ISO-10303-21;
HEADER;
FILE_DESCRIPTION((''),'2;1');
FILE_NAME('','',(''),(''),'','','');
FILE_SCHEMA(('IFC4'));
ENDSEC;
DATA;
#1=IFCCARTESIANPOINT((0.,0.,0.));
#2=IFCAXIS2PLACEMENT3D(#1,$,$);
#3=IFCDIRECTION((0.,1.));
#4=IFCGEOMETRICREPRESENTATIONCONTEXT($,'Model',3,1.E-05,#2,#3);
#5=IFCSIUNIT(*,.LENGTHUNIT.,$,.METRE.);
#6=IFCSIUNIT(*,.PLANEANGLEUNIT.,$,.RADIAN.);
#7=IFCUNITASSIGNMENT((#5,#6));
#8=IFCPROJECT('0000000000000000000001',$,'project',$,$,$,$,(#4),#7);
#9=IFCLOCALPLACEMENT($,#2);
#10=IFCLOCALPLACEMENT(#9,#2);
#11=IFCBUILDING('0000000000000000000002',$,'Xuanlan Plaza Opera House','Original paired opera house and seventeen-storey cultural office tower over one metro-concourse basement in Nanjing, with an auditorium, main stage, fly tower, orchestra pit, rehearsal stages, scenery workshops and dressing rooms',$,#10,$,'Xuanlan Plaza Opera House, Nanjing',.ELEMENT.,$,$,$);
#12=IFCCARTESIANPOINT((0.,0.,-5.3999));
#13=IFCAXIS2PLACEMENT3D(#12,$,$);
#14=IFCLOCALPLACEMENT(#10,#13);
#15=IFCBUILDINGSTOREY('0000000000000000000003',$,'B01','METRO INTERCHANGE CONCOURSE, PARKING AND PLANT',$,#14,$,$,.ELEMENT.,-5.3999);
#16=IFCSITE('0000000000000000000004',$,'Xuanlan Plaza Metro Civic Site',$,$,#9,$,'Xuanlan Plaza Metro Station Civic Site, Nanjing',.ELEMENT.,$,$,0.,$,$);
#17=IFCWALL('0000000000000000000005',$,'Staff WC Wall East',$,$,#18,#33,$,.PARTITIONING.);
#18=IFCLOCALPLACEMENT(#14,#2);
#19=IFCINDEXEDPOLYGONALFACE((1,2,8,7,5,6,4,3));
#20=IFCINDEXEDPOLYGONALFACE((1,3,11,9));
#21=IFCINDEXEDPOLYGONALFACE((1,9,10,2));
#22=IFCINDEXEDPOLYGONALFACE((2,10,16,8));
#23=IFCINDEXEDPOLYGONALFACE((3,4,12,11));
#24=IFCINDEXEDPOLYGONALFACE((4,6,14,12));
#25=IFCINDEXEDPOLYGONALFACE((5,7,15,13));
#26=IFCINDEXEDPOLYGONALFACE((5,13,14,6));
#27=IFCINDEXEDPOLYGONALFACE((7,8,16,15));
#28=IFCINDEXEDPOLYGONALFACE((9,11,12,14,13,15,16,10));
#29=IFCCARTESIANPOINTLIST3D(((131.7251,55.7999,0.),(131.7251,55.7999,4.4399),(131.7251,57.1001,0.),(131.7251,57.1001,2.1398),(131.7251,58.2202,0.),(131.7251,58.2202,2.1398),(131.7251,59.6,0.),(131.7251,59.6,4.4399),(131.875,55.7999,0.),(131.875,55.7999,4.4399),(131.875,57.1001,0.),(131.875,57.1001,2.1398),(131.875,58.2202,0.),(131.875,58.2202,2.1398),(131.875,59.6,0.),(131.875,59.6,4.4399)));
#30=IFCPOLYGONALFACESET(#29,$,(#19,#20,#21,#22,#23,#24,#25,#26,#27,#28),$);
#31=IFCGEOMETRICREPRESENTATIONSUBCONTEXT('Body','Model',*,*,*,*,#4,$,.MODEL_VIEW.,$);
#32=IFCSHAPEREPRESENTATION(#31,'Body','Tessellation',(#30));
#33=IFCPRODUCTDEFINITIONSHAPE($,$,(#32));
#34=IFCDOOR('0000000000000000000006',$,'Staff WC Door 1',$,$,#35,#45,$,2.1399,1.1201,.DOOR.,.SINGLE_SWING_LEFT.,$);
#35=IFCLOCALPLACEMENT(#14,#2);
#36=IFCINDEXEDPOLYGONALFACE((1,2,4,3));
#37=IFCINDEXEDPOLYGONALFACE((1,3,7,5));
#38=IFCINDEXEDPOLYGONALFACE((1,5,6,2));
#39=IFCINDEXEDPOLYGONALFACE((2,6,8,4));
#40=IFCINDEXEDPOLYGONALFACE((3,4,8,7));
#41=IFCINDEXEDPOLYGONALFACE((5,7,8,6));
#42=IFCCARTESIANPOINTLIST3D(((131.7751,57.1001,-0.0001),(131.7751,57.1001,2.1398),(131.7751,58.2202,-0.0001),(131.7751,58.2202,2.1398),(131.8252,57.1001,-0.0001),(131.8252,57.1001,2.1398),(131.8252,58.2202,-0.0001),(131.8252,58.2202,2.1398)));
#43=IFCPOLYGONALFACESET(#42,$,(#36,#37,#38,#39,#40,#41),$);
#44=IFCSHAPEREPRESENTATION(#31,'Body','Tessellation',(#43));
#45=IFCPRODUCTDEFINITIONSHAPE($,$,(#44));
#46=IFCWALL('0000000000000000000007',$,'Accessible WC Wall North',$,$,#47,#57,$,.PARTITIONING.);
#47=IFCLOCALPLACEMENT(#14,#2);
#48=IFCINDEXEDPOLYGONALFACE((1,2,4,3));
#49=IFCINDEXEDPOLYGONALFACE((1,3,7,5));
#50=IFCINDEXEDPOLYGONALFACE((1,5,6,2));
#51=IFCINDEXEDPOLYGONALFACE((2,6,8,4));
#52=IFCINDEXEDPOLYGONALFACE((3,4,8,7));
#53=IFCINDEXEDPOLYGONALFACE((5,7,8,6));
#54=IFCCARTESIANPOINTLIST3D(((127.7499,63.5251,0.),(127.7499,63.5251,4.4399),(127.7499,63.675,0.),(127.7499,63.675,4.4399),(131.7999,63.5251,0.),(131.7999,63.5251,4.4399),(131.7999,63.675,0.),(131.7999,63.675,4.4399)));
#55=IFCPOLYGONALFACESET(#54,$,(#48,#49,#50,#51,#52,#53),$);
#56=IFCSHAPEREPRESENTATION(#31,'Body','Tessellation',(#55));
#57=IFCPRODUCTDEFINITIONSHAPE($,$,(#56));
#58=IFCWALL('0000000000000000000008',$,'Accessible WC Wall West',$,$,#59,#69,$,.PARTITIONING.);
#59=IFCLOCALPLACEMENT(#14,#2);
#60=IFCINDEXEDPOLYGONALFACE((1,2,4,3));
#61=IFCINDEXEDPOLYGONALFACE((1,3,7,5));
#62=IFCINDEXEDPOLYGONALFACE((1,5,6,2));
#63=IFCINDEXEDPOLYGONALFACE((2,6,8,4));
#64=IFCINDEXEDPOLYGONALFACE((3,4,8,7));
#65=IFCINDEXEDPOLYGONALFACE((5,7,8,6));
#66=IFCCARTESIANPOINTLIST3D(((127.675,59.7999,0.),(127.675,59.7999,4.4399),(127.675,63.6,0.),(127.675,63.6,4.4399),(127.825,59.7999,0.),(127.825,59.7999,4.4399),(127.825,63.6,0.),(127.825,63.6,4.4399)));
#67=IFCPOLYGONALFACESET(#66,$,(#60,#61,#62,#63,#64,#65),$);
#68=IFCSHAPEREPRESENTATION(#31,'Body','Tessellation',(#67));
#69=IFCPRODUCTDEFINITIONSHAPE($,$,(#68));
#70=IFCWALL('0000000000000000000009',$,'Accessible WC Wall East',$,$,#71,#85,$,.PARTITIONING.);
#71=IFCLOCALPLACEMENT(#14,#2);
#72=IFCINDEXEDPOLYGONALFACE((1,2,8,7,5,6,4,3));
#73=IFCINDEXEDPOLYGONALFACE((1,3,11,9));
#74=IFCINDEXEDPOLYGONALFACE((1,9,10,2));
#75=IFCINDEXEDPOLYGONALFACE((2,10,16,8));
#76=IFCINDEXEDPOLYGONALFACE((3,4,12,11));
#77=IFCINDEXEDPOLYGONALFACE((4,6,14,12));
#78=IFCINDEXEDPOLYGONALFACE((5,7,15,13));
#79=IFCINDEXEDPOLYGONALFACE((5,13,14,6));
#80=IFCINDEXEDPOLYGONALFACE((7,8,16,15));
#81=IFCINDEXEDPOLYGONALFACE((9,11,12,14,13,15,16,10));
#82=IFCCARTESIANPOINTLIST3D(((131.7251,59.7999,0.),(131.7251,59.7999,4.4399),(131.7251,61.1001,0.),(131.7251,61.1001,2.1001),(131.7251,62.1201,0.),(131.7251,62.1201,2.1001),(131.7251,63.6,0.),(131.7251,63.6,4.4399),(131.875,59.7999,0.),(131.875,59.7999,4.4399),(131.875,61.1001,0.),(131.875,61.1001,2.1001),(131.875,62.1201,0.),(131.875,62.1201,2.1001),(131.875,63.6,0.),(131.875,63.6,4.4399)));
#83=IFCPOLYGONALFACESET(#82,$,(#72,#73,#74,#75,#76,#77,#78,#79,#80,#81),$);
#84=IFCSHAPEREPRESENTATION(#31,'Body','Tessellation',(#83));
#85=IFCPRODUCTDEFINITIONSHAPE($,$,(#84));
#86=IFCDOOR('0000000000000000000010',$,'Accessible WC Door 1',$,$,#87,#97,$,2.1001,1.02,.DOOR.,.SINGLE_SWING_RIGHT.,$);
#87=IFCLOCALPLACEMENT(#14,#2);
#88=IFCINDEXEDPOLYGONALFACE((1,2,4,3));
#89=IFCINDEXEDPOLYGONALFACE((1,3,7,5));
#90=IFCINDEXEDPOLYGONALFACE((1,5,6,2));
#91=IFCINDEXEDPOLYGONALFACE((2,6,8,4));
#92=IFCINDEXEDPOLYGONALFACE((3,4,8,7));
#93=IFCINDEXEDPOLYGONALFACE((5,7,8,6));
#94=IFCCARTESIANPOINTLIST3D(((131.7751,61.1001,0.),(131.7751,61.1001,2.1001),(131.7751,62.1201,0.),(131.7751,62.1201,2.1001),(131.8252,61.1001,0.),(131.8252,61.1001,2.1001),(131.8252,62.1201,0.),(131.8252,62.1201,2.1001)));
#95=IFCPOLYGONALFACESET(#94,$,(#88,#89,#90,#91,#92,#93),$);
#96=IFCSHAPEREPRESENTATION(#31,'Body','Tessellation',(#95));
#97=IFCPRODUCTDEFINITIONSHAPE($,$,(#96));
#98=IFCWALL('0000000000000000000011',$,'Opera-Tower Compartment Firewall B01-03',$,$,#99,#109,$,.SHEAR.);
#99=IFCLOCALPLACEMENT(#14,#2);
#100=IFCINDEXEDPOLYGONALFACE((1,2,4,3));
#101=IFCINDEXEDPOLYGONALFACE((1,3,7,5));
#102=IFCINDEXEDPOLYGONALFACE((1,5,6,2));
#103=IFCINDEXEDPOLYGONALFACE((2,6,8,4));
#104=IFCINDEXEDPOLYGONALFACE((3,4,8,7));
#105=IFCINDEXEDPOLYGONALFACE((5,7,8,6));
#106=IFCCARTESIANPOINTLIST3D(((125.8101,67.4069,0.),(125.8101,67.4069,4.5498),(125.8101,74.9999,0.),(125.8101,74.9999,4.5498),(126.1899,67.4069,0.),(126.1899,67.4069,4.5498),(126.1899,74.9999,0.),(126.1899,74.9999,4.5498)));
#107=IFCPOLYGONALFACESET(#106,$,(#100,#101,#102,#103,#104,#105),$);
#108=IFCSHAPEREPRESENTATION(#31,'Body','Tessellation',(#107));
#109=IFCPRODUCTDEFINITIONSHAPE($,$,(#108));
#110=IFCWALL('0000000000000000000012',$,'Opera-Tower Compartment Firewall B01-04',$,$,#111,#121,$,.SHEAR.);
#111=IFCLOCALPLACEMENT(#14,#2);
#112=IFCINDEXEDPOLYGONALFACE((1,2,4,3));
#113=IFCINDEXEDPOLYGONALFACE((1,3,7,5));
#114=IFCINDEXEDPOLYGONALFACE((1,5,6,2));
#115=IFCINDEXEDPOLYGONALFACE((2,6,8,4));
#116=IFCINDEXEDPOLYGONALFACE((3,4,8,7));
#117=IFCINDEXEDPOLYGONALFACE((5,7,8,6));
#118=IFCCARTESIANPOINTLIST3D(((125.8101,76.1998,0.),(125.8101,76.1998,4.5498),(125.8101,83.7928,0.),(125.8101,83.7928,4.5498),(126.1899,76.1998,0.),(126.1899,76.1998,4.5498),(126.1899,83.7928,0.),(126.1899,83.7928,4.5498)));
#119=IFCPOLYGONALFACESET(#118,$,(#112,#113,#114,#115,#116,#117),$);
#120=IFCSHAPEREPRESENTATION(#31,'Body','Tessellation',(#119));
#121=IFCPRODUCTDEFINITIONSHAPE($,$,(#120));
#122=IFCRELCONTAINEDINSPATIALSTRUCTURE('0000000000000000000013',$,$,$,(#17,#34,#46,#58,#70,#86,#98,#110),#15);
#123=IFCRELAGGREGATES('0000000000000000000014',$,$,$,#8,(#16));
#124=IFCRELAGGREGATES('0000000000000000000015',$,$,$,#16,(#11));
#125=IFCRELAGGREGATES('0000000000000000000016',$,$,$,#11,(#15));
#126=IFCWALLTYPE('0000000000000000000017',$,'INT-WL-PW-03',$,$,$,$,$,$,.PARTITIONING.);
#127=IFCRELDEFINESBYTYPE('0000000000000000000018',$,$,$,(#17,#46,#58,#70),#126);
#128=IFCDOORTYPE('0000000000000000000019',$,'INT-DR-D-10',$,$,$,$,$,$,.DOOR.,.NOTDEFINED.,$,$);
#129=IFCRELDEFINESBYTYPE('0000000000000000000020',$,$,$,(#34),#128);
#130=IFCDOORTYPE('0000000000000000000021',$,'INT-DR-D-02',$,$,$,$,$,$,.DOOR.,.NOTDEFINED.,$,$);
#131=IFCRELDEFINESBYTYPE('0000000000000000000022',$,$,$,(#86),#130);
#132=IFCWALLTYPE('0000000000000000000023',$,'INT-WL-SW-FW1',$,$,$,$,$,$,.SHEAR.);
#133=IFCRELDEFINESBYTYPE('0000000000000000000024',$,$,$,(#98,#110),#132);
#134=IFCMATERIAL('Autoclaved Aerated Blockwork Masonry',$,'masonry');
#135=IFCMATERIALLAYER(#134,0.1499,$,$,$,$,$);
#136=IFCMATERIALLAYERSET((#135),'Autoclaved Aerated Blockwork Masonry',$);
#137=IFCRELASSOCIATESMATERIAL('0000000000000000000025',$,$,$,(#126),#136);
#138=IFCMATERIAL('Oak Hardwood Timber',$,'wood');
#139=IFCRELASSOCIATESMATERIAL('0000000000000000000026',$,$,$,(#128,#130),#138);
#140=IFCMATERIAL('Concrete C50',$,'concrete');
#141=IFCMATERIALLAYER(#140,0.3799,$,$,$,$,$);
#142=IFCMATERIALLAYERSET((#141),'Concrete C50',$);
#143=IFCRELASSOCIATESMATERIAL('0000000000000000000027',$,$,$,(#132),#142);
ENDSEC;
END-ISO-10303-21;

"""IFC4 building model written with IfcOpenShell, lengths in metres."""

from ifc_helpers import new_model, si_unit, direction, frame, frame_2d, origin, place, context, subcontext, project, spatial, rectangle, extrude, material, layer, layer_set, type_object, element, fill, save


model = new_model("IFC4")

# Units and contexts
model_context = context("Model", 3, precision=1e-05, world=origin(), true_north=direction((0.0, 1.0)))
body_context = subcontext(model_context, "Body", "Model", "MODEL_VIEW")
ifc_project = project(units=[si_unit("LENGTHUNIT", "METRE"), si_unit("PLANEANGLEUNIT", "RADIAN")], contexts=[model_context])

# Site, building, storey
site_placement = place(None, origin())
site = spatial("IfcSite", under=ifc_project, at=site_placement, Name="Xuanlan Plaza Metro Civic Site", LongName="Xuanlan Plaza Metro Station Civic Site, Nanjing", CompositionType="ELEMENT", RefElevation=0.0)
building_placement = place(site_placement, origin())
building = spatial("IfcBuilding", under=site, at=building_placement, Name="Xuanlan Plaza Opera House", Description="Original paired opera house and seventeen-storey cultural office tower over one metro-concourse basement in Nanjing, with an auditorium, main stage, fly tower, orchestra pit, rehearsal stages, scenery workshops and dressing rooms", LongName="Xuanlan Plaza Opera House, Nanjing", CompositionType="ELEMENT")
storey_placement = place(building_placement, frame((0.0, 0.0, -5.3999)))
storey = spatial("IfcBuildingStorey", under=building, at=storey_placement, Name="B01", Description="METRO INTERCHANGE CONCOURSE, PARKING AND PLANT", CompositionType="ELEMENT", Elevation=-5.3999)

# Shared definitions
ifc_material_1 = material(Name="Concrete C50", Category="concrete")

# Shared definitions
ifc_material_2 = material(Name="Autoclaved Aerated Blockwork Masonry", Category="masonry")
ifc_layer_1 = layer(ifc_material_2, 0.1499)
ifc_layer_set_1 = layer_set([ifc_layer_1], Name="Autoclaved Aerated Blockwork Masonry")
wall_type_1 = type_object("IfcWallType", Name="INT-WL-PW-03", PredefinedType="PARTITIONING", material=ifc_layer_set_1)

# Wall, opening, door
wall_1_placement = place(storey_placement, frame((131.8, 55.8, 0.0), z_axis=(0.0, 0.0, 1.0), x_axis=(0.0, 1.0, 0.0)))
wall_1 = element("IfcWall", 1, at=wall_1_placement, inside=storey, type_object=wall_type_1, Name="Staff WC Wall East", PredefinedType="PARTITIONING", context=body_context, shape_type="SweptSolid", body=[
    extrude(rectangle(XDim=3.8, YDim=0.1499, at=frame_2d((1.8999, 0.0))), origin(), (0.0, 0.0, 1.0), 4.4399),
])
opening_1_placement = place(wall_1_placement, frame((1.3, 0.0, 0.0)))
opening_1 = element("IfcOpeningElement", 2, at=opening_1_placement, cuts=wall_1, PredefinedType="OPENING", context=body_context, shape_type="SweptSolid", body=[
    extrude(rectangle(XDim=1.1201, YDim=2.1399, at=frame_2d((0.5601, 1.0698))), frame((0.0, 0.085, 0.0), z_axis=(0.0, -1.0, 0.0), x_axis=(1.0, 0.0, 0.0)), (0.0, 0.0, 1.0), 0.1699),
])
ifc_material_3 = material(Name="Oak Hardwood Timber", Category="wood")
door_type_1 = type_object("IfcDoorType", Name="INT-DR-D-10", OperationType="NOTDEFINED", PredefinedType="DOOR", material=ifc_material_3)
door_1_placement = place(opening_1_placement, origin())
door_1 = element("IfcDoor", 3, at=door_1_placement, inside=storey, type_object=door_type_1, Name="Staff WC Door 1", OperationType="SINGLE_SWING_LEFT", OverallHeight=2.1399, OverallWidth=1.1201, PredefinedType="DOOR", context=body_context, shape_type="SweptSolid", body=[
    extrude(rectangle(XDim=1.1201, YDim=2.1399, at=frame_2d((0.5601, 1.0698))), frame((0.0, 0.0249, 0.0), z_axis=(0.0, -1.0, 0.0), x_axis=(1.0, 0.0, 0.0)), (0.0, 0.0, 1.0), 0.05),
])
fill(opening_1, door_1)

# Walls
wall_2_placement = place(storey_placement, frame((127.75, 63.6001, 0.0), z_axis=(0.0, 0.0, 1.0), x_axis=(1.0, 0.0, 0.0)))
element("IfcWall", 4, at=wall_2_placement, inside=storey, type_object=wall_type_1, Name="Accessible WC Wall North", PredefinedType="PARTITIONING", context=body_context, shape_type="SweptSolid", body=[
    extrude(rectangle(XDim=4.05, YDim=0.1499, at=frame_2d((2.0249, 0.0))), origin(), (0.0, 0.0, 1.0), 4.4399),
])
wall_3_placement = place(storey_placement, frame((127.75, 59.8, 0.0), z_axis=(0.0, 0.0, 1.0), x_axis=(0.0, 1.0, 0.0)))
element("IfcWall", 5, at=wall_3_placement, inside=storey, type_object=wall_type_1, Name="Accessible WC Wall West", PredefinedType="PARTITIONING", context=body_context, shape_type="SweptSolid", body=[
    extrude(rectangle(XDim=3.8, YDim=0.1499, at=frame_2d((1.8999, 0.0))), origin(), (0.0, 0.0, 1.0), 4.4399),
])

# Wall, opening, door
wall_4_placement = place(storey_placement, frame((131.8, 59.8, 0.0), z_axis=(0.0, 0.0, 1.0), x_axis=(0.0, 1.0, 0.0)))
wall_4 = element("IfcWall", 6, at=wall_4_placement, inside=storey, type_object=wall_type_1, Name="Accessible WC Wall East", PredefinedType="PARTITIONING", context=body_context, shape_type="SweptSolid", body=[
    extrude(rectangle(XDim=3.8, YDim=0.1499, at=frame_2d((1.8999, 0.0))), origin(), (0.0, 0.0, 1.0), 4.4399),
])
opening_2_placement = place(wall_4_placement, frame((1.3, 0.0, 0.0)))
opening_2 = element("IfcOpeningElement", 7, at=opening_2_placement, cuts=wall_4, PredefinedType="OPENING", context=body_context, shape_type="SweptSolid", body=[
    extrude(rectangle(XDim=1.02, YDim=2.1001, at=frame_2d((0.51, 1.05))), frame((0.0, 0.085, 0.0), z_axis=(0.0, -1.0, 0.0), x_axis=(1.0, 0.0, 0.0)), (0.0, 0.0, 1.0), 0.1699),
])
door_type_2 = type_object("IfcDoorType", Name="INT-DR-D-02", OperationType="NOTDEFINED", PredefinedType="DOOR", material=ifc_material_3)
door_2_placement = place(opening_2_placement, origin())
door_2 = element("IfcDoor", 8, at=door_2_placement, inside=storey, type_object=door_type_2, Name="Accessible WC Door 1", OperationType="SINGLE_SWING_RIGHT", OverallHeight=2.1001, OverallWidth=1.02, PredefinedType="DOOR", context=body_context, shape_type="SweptSolid", body=[
    extrude(rectangle(XDim=1.02, YDim=2.1001, at=frame_2d((0.51, 1.05))), frame((0.0, 0.0249, 0.0), z_axis=(0.0, -1.0, 0.0), x_axis=(1.0, 0.0, 0.0)), (0.0, 0.0, 1.0), 0.05),
])
fill(opening_2, door_2)

# Walls
ifc_layer_2 = layer(ifc_material_1, 0.3799)
ifc_layer_set_2 = layer_set([ifc_layer_2], Name="Concrete C50")
wall_type_2 = type_object("IfcWallType", Name="INT-WL-SW-FW1", PredefinedType="SHEAR", material=ifc_layer_set_2)
for number, where, z_axis, x_axis, name in (
    (9, (126.0, 67.407, 0.0), (0.0, 0.0, 1.0), (0.0, 1.0, 0.0), "Opera-Tower Compartment Firewall B01-03"),
    (10, (126.0, 76.2, 0.0), (0.0, 0.0, 1.0), (0.0, 1.0, 0.0), "Opera-Tower Compartment Firewall B01-04"),
):
    element("IfcWall", number, at=place(storey_placement, frame(where, z_axis=z_axis, x_axis=x_axis)), inside=storey, type_object=wall_type_2, Name=name, PredefinedType="SHEAR", context=body_context, shape_type="SweptSolid", body=[
        extrude(rectangle(XDim=7.593, YDim=0.3799, at=frame_2d((3.7964, 0.0))), origin(), (0.0, 0.0, 1.0), 4.5498),
    ])

save(model, "model.ifc")
